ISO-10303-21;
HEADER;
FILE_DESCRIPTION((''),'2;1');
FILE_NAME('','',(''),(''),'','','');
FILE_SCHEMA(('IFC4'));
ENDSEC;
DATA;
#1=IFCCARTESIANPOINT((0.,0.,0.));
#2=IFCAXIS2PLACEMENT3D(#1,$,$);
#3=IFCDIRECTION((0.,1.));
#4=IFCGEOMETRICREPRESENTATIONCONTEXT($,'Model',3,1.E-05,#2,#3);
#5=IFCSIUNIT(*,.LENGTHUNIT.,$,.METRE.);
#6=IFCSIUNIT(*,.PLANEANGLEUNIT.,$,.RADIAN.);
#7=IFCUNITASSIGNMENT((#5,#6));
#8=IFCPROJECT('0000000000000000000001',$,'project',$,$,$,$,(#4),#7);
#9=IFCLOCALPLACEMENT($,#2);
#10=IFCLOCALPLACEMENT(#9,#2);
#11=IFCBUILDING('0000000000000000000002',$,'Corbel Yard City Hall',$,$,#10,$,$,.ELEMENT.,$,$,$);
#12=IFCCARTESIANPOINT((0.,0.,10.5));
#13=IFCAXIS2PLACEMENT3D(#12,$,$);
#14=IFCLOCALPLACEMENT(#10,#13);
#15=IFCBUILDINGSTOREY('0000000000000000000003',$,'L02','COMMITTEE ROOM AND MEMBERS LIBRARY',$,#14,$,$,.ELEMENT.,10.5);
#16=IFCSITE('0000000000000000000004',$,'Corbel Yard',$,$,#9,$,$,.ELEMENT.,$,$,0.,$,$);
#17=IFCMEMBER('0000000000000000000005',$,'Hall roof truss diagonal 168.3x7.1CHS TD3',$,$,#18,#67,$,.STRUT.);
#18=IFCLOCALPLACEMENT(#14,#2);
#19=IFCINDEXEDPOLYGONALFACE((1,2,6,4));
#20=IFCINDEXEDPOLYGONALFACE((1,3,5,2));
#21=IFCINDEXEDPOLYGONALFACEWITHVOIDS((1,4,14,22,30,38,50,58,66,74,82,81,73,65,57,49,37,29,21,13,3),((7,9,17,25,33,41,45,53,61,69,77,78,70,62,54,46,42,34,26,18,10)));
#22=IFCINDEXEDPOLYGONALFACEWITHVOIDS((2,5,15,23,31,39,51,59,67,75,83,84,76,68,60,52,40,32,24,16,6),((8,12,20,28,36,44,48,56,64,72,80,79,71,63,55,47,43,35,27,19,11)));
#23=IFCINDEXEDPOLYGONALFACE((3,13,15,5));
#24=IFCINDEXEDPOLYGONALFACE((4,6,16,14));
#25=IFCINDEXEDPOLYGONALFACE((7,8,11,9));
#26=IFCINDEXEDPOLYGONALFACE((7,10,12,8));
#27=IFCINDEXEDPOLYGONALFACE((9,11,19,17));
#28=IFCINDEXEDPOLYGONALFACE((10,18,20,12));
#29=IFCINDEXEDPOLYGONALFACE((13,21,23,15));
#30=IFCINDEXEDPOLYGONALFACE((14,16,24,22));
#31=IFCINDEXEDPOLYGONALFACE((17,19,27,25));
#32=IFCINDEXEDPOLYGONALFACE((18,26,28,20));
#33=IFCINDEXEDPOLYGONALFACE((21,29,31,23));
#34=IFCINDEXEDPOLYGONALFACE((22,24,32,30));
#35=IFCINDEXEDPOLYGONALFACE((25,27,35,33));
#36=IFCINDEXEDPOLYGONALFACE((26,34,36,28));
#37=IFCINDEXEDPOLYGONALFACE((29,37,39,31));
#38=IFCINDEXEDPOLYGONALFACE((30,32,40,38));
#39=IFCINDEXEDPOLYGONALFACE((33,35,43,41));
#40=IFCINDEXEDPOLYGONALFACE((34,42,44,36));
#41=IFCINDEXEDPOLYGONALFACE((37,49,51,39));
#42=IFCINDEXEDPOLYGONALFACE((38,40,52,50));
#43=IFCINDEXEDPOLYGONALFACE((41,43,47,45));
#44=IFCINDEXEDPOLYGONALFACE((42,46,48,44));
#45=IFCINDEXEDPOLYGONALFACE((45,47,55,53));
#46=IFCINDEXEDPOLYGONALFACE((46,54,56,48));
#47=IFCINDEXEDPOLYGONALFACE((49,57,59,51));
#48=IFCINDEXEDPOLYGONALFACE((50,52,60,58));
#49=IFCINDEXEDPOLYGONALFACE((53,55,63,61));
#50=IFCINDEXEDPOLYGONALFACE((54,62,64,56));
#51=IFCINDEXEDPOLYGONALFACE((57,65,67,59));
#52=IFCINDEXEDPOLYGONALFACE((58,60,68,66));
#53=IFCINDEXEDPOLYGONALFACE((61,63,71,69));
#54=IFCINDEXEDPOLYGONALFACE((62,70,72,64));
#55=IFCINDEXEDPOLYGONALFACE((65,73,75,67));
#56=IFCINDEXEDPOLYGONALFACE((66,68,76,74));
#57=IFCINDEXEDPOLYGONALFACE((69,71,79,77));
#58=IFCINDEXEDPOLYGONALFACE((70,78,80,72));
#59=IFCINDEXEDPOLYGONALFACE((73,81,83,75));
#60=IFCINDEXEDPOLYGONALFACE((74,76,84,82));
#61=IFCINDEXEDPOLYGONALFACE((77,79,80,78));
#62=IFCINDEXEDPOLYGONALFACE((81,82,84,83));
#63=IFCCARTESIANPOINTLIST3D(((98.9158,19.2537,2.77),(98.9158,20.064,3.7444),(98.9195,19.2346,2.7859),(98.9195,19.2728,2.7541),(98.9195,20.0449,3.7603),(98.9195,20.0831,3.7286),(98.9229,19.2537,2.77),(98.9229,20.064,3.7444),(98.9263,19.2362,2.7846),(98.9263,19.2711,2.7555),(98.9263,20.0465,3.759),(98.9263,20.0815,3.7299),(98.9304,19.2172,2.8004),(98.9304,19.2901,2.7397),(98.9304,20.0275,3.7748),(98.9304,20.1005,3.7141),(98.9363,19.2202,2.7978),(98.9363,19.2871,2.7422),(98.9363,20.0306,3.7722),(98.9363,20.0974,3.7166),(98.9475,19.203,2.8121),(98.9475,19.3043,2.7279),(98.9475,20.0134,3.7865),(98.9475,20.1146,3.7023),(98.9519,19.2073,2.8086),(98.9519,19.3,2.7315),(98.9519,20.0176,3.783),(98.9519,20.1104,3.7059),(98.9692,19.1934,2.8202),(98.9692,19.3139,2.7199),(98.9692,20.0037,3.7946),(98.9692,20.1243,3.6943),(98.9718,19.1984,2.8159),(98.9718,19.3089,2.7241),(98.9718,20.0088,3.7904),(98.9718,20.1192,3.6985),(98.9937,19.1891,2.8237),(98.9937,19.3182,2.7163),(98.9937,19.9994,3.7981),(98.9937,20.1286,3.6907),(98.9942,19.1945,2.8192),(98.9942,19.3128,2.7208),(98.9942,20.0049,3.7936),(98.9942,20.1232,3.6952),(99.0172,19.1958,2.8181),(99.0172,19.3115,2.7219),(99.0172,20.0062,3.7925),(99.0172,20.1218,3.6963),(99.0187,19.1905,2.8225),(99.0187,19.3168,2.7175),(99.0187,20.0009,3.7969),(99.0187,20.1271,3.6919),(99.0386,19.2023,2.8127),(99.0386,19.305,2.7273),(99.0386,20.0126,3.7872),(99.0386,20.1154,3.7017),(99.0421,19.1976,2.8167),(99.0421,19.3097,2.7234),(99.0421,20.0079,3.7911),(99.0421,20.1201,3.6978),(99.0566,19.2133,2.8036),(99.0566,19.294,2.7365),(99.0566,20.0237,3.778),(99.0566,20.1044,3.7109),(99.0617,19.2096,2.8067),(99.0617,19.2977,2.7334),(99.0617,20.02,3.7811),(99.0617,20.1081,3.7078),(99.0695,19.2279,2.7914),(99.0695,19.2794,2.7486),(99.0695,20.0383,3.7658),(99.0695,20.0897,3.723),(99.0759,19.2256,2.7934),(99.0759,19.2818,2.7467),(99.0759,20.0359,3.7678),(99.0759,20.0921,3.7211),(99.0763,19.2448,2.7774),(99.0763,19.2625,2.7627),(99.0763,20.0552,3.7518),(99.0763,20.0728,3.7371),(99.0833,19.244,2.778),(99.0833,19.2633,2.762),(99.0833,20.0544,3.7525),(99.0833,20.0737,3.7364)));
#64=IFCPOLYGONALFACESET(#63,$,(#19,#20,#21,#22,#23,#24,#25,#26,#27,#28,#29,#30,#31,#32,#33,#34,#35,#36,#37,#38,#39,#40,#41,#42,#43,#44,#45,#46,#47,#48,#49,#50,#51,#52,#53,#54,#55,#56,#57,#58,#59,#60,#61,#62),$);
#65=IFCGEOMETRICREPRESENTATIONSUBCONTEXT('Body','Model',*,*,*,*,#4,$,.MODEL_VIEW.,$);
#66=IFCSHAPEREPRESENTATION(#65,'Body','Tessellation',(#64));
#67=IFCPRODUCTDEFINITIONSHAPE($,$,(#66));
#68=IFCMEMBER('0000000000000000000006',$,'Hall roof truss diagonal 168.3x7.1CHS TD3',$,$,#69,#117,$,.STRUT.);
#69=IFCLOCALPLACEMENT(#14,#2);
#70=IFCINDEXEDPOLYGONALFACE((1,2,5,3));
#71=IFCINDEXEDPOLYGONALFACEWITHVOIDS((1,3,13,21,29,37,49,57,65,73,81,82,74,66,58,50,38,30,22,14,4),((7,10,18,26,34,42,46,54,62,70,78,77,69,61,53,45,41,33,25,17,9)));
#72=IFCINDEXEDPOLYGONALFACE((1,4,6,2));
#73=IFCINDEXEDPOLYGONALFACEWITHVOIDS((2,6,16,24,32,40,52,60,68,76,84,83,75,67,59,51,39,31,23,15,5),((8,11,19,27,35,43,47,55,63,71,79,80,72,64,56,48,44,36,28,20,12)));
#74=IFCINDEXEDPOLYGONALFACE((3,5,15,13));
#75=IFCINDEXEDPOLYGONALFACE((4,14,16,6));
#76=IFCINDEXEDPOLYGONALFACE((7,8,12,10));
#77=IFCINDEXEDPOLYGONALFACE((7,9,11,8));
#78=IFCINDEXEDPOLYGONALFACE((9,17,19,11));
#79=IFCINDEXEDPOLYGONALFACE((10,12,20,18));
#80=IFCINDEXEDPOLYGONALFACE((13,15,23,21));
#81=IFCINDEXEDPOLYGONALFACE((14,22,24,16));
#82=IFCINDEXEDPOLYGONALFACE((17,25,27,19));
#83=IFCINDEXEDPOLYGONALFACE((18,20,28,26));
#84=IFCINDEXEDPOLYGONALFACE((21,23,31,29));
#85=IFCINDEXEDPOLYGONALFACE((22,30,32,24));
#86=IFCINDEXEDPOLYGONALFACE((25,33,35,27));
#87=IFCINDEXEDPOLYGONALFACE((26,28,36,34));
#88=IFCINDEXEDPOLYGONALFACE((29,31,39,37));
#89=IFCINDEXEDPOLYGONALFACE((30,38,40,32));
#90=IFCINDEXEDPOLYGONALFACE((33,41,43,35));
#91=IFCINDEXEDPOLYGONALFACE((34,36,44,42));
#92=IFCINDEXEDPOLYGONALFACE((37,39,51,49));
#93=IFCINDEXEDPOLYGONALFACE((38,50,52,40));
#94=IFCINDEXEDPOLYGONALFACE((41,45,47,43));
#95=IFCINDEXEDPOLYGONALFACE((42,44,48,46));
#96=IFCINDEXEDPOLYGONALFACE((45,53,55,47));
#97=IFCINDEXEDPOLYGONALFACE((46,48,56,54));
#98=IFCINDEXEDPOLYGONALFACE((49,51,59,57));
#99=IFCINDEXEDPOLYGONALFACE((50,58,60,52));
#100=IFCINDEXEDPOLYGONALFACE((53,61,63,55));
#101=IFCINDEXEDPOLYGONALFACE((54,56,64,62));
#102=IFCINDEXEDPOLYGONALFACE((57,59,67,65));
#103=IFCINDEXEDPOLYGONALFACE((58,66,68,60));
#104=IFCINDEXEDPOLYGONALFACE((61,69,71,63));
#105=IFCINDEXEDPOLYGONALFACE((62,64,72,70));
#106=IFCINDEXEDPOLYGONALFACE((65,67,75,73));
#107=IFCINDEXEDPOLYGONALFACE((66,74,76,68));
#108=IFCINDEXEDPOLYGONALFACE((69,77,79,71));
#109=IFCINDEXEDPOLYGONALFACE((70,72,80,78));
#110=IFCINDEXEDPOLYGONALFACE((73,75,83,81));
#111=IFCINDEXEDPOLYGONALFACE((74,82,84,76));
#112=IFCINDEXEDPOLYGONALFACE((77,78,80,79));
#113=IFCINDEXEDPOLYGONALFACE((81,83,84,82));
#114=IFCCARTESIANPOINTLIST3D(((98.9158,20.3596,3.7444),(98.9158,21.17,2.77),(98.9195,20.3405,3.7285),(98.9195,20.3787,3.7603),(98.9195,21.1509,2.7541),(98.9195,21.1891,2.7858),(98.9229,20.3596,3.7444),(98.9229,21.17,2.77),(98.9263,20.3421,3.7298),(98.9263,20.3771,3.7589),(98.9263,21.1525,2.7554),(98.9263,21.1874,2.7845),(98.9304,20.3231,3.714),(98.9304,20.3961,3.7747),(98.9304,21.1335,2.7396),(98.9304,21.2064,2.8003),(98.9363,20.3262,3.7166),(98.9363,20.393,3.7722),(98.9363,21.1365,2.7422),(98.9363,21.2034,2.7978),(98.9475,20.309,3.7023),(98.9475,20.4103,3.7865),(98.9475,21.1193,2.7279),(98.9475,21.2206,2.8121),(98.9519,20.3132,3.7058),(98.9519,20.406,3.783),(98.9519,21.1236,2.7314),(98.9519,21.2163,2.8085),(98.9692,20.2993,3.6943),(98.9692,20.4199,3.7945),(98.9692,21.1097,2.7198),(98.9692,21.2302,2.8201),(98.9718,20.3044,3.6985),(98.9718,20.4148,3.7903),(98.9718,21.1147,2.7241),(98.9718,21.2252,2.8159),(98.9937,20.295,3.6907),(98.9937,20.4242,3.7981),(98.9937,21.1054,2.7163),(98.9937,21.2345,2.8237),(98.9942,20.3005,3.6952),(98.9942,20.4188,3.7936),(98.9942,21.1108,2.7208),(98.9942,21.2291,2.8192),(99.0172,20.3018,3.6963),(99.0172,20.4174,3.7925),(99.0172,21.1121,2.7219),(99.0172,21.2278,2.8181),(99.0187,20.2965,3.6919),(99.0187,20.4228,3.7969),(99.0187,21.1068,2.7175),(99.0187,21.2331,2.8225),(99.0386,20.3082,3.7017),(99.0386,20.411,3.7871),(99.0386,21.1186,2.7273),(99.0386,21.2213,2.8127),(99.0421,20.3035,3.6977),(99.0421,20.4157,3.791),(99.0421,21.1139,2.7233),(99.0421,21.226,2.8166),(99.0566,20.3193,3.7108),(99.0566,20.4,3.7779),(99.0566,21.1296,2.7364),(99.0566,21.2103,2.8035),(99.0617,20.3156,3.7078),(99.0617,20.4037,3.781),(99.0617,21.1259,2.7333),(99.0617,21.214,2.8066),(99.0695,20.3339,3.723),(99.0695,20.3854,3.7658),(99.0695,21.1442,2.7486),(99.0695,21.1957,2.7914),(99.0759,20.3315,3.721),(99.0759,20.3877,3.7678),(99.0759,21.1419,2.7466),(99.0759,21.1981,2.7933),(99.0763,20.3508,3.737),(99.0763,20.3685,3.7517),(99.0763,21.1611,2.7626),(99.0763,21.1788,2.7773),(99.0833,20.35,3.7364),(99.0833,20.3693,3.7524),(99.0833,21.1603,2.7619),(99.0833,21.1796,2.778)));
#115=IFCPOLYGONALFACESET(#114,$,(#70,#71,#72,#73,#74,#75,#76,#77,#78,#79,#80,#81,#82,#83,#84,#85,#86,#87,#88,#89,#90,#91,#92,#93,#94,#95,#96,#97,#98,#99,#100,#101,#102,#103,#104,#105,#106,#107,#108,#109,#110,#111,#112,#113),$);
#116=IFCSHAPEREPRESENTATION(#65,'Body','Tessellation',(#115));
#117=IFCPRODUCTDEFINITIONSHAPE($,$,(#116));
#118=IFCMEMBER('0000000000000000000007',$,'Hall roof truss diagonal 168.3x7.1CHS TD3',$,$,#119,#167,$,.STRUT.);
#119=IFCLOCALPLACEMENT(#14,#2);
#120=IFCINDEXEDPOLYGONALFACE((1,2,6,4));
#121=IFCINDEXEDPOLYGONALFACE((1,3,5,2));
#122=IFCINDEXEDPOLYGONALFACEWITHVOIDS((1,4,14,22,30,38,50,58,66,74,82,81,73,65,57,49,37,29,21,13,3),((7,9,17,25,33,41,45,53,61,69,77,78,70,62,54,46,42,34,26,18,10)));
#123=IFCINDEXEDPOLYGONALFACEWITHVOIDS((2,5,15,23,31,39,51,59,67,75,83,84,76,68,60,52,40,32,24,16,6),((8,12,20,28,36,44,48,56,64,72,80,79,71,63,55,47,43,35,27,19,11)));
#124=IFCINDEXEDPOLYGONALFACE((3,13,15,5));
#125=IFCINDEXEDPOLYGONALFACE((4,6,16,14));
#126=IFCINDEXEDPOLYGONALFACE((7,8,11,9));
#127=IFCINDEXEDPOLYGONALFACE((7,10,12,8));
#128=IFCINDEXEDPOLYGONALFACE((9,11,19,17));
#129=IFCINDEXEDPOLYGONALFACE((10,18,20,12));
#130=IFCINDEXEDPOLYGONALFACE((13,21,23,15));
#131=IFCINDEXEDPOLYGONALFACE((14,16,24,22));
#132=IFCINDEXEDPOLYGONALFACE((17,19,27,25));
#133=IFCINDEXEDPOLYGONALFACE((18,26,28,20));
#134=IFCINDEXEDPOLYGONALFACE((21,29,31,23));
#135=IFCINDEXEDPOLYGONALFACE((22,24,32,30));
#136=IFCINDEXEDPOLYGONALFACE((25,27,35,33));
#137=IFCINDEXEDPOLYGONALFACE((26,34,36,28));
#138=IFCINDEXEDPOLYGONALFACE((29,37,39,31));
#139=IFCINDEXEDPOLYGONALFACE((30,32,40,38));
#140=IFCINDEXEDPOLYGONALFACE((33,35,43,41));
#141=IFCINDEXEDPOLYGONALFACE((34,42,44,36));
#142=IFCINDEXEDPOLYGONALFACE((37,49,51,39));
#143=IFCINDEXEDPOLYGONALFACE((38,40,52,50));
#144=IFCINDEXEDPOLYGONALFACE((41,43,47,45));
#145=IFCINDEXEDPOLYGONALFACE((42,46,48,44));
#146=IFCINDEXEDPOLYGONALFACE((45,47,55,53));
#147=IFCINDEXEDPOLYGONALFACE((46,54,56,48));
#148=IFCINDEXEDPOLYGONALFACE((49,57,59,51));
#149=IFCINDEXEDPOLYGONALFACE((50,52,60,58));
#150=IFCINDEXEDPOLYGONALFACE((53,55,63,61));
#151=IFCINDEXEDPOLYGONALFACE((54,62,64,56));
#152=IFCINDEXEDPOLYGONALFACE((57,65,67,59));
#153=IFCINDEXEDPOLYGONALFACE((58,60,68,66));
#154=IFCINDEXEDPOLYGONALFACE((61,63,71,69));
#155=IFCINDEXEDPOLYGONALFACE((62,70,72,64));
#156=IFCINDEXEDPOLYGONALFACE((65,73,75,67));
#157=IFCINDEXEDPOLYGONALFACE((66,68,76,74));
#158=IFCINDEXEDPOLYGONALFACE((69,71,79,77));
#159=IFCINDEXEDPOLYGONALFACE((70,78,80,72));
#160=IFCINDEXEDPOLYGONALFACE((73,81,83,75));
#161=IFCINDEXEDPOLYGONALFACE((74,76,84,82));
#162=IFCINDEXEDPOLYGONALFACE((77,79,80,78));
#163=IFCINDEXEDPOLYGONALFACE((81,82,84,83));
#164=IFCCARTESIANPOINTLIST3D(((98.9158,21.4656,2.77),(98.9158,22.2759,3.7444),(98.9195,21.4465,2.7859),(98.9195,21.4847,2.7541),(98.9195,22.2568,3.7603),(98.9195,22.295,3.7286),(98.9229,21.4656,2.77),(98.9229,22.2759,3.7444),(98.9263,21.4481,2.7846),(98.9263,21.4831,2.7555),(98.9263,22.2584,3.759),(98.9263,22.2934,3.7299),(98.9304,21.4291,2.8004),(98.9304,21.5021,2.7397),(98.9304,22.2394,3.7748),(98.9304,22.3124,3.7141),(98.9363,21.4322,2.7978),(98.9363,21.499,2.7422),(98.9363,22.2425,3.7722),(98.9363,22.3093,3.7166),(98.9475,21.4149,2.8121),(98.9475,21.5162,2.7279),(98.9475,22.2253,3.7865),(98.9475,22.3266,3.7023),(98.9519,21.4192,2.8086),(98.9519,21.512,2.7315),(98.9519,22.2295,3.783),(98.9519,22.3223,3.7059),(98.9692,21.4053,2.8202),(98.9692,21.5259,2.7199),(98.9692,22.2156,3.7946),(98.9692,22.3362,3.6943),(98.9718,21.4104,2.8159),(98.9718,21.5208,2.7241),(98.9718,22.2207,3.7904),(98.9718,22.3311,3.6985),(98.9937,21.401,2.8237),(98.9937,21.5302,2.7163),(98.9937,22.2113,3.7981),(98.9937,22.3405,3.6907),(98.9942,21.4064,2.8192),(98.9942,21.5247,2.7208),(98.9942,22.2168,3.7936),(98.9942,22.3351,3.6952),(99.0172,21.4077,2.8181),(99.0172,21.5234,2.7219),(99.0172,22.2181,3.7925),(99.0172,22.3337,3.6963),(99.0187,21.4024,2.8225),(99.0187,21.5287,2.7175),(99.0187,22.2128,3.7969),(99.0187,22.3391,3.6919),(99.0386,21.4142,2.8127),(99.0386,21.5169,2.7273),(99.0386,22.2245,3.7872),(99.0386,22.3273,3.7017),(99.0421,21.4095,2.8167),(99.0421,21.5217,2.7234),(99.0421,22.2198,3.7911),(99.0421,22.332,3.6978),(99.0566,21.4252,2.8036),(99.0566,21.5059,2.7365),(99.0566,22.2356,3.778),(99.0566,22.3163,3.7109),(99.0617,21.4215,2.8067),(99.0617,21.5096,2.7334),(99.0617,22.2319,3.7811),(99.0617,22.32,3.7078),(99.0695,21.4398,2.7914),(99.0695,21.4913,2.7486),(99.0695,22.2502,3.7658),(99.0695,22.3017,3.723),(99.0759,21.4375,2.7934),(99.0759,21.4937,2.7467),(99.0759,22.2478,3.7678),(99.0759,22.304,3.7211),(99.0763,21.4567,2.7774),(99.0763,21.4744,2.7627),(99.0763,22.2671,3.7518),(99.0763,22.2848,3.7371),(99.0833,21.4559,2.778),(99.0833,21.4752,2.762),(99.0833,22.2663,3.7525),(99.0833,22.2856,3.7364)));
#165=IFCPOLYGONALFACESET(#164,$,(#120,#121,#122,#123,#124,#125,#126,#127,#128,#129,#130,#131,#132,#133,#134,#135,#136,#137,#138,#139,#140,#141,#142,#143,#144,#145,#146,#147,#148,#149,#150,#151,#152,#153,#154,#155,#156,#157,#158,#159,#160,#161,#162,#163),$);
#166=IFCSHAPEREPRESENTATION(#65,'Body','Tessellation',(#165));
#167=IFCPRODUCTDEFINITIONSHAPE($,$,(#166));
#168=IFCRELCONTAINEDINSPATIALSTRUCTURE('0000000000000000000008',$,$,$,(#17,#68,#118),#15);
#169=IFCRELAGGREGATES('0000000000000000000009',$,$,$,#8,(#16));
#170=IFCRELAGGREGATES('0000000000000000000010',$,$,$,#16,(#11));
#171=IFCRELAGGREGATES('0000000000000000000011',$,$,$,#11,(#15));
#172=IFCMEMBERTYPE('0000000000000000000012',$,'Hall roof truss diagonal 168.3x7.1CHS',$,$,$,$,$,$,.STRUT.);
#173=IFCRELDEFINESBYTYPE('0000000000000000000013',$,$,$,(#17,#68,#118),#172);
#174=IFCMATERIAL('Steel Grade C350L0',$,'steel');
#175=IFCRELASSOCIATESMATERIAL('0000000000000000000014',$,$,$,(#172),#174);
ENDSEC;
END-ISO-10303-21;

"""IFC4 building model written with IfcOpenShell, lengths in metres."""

from ifc_helpers import new_model, si_unit, direction, frame, origin, origin_2d, place, context, subcontext, project, spatial, hollow_circle, extrude, material, material_profile, profile_set, type_object, element, save


model = new_model("IFC4")

# Units and contexts
model_context = context("Model", 3, precision=1e-05, world=origin(), true_north=direction((0.0, 1.0)))
body_context = subcontext(model_context, "Body", "Model", "MODEL_VIEW")
ifc_project = project(units=[si_unit("LENGTHUNIT", "METRE"), si_unit("PLANEANGLEUNIT", "RADIAN")], contexts=[model_context])

# Site, building, storey
site_placement = place(None, origin())
site = spatial("IfcSite", under=ifc_project, at=site_placement, Name="Corbel Yard", CompositionType="ELEMENT", RefElevation=0.0)
building_placement = place(site_placement, origin())
building = spatial("IfcBuilding", under=site, at=building_placement, Name="Corbel Yard City Hall", CompositionType="ELEMENT")
storey_placement = place(building_placement, frame((0.0, 0.0, 10.5)))
storey = spatial("IfcBuildingStorey", under=building, at=storey_placement, Name="L02", Description="COMMITTEE ROOM AND MEMBERS LIBRARY", CompositionType="ELEMENT", Elevation=10.5)

# Members
ifc_material_1 = material(Name="Steel Grade C350L0", Category="steel")
ifc_material_profile_1 = material_profile(ifc_material_1, hollow_circle(Radius=0.0842, WallThickness=0.0071, at=origin_2d()), Name="168.3x7.1CHS")
ifc_profile_set_1 = profile_set([ifc_material_profile_1], Name="Steel Grade C350L0")
member_type_1 = type_object("IfcMemberType", Name="Hall roof truss diagonal 168.3x7.1CHS", PredefinedType="STRUT", material=ifc_profile_set_1)
for number, where, z_axis, x_axis, name in (
    (1, (99.0, 19.2537, 2.77), (0.0, 0.639407, 0.768868), (-1.0, 0.0, 0.0), "Hall roof truss diagonal 168.3x7.1CHS TD3"),
    (2, (99.0, 20.3596, 3.7444), (0.0, 0.639407, -0.768868), (-1.0, 0.0, 0.0), "Hall roof truss diagonal 168.3x7.1CHS TD3"),
    (3, (99.0, 21.4656, 2.77), (0.0, 0.639407, 0.768868), (-1.0, 0.0, 0.0), "Hall roof truss diagonal 168.3x7.1CHS TD3"),
):
    element("IfcMember", number, at=place(storey_placement, frame(where, z_axis=z_axis, x_axis=x_axis)), inside=storey, type_object=member_type_1, Name=name, PredefinedType="STRUT", context=body_context, shape_type="SweptSolid", body=[
        extrude(hollow_circle(Radius=0.0842, WallThickness=0.0071, at=origin_2d()), origin(), (0.0, 0.0, 1.0), 1.2673),
    ])

save(model, "model.ifc")
